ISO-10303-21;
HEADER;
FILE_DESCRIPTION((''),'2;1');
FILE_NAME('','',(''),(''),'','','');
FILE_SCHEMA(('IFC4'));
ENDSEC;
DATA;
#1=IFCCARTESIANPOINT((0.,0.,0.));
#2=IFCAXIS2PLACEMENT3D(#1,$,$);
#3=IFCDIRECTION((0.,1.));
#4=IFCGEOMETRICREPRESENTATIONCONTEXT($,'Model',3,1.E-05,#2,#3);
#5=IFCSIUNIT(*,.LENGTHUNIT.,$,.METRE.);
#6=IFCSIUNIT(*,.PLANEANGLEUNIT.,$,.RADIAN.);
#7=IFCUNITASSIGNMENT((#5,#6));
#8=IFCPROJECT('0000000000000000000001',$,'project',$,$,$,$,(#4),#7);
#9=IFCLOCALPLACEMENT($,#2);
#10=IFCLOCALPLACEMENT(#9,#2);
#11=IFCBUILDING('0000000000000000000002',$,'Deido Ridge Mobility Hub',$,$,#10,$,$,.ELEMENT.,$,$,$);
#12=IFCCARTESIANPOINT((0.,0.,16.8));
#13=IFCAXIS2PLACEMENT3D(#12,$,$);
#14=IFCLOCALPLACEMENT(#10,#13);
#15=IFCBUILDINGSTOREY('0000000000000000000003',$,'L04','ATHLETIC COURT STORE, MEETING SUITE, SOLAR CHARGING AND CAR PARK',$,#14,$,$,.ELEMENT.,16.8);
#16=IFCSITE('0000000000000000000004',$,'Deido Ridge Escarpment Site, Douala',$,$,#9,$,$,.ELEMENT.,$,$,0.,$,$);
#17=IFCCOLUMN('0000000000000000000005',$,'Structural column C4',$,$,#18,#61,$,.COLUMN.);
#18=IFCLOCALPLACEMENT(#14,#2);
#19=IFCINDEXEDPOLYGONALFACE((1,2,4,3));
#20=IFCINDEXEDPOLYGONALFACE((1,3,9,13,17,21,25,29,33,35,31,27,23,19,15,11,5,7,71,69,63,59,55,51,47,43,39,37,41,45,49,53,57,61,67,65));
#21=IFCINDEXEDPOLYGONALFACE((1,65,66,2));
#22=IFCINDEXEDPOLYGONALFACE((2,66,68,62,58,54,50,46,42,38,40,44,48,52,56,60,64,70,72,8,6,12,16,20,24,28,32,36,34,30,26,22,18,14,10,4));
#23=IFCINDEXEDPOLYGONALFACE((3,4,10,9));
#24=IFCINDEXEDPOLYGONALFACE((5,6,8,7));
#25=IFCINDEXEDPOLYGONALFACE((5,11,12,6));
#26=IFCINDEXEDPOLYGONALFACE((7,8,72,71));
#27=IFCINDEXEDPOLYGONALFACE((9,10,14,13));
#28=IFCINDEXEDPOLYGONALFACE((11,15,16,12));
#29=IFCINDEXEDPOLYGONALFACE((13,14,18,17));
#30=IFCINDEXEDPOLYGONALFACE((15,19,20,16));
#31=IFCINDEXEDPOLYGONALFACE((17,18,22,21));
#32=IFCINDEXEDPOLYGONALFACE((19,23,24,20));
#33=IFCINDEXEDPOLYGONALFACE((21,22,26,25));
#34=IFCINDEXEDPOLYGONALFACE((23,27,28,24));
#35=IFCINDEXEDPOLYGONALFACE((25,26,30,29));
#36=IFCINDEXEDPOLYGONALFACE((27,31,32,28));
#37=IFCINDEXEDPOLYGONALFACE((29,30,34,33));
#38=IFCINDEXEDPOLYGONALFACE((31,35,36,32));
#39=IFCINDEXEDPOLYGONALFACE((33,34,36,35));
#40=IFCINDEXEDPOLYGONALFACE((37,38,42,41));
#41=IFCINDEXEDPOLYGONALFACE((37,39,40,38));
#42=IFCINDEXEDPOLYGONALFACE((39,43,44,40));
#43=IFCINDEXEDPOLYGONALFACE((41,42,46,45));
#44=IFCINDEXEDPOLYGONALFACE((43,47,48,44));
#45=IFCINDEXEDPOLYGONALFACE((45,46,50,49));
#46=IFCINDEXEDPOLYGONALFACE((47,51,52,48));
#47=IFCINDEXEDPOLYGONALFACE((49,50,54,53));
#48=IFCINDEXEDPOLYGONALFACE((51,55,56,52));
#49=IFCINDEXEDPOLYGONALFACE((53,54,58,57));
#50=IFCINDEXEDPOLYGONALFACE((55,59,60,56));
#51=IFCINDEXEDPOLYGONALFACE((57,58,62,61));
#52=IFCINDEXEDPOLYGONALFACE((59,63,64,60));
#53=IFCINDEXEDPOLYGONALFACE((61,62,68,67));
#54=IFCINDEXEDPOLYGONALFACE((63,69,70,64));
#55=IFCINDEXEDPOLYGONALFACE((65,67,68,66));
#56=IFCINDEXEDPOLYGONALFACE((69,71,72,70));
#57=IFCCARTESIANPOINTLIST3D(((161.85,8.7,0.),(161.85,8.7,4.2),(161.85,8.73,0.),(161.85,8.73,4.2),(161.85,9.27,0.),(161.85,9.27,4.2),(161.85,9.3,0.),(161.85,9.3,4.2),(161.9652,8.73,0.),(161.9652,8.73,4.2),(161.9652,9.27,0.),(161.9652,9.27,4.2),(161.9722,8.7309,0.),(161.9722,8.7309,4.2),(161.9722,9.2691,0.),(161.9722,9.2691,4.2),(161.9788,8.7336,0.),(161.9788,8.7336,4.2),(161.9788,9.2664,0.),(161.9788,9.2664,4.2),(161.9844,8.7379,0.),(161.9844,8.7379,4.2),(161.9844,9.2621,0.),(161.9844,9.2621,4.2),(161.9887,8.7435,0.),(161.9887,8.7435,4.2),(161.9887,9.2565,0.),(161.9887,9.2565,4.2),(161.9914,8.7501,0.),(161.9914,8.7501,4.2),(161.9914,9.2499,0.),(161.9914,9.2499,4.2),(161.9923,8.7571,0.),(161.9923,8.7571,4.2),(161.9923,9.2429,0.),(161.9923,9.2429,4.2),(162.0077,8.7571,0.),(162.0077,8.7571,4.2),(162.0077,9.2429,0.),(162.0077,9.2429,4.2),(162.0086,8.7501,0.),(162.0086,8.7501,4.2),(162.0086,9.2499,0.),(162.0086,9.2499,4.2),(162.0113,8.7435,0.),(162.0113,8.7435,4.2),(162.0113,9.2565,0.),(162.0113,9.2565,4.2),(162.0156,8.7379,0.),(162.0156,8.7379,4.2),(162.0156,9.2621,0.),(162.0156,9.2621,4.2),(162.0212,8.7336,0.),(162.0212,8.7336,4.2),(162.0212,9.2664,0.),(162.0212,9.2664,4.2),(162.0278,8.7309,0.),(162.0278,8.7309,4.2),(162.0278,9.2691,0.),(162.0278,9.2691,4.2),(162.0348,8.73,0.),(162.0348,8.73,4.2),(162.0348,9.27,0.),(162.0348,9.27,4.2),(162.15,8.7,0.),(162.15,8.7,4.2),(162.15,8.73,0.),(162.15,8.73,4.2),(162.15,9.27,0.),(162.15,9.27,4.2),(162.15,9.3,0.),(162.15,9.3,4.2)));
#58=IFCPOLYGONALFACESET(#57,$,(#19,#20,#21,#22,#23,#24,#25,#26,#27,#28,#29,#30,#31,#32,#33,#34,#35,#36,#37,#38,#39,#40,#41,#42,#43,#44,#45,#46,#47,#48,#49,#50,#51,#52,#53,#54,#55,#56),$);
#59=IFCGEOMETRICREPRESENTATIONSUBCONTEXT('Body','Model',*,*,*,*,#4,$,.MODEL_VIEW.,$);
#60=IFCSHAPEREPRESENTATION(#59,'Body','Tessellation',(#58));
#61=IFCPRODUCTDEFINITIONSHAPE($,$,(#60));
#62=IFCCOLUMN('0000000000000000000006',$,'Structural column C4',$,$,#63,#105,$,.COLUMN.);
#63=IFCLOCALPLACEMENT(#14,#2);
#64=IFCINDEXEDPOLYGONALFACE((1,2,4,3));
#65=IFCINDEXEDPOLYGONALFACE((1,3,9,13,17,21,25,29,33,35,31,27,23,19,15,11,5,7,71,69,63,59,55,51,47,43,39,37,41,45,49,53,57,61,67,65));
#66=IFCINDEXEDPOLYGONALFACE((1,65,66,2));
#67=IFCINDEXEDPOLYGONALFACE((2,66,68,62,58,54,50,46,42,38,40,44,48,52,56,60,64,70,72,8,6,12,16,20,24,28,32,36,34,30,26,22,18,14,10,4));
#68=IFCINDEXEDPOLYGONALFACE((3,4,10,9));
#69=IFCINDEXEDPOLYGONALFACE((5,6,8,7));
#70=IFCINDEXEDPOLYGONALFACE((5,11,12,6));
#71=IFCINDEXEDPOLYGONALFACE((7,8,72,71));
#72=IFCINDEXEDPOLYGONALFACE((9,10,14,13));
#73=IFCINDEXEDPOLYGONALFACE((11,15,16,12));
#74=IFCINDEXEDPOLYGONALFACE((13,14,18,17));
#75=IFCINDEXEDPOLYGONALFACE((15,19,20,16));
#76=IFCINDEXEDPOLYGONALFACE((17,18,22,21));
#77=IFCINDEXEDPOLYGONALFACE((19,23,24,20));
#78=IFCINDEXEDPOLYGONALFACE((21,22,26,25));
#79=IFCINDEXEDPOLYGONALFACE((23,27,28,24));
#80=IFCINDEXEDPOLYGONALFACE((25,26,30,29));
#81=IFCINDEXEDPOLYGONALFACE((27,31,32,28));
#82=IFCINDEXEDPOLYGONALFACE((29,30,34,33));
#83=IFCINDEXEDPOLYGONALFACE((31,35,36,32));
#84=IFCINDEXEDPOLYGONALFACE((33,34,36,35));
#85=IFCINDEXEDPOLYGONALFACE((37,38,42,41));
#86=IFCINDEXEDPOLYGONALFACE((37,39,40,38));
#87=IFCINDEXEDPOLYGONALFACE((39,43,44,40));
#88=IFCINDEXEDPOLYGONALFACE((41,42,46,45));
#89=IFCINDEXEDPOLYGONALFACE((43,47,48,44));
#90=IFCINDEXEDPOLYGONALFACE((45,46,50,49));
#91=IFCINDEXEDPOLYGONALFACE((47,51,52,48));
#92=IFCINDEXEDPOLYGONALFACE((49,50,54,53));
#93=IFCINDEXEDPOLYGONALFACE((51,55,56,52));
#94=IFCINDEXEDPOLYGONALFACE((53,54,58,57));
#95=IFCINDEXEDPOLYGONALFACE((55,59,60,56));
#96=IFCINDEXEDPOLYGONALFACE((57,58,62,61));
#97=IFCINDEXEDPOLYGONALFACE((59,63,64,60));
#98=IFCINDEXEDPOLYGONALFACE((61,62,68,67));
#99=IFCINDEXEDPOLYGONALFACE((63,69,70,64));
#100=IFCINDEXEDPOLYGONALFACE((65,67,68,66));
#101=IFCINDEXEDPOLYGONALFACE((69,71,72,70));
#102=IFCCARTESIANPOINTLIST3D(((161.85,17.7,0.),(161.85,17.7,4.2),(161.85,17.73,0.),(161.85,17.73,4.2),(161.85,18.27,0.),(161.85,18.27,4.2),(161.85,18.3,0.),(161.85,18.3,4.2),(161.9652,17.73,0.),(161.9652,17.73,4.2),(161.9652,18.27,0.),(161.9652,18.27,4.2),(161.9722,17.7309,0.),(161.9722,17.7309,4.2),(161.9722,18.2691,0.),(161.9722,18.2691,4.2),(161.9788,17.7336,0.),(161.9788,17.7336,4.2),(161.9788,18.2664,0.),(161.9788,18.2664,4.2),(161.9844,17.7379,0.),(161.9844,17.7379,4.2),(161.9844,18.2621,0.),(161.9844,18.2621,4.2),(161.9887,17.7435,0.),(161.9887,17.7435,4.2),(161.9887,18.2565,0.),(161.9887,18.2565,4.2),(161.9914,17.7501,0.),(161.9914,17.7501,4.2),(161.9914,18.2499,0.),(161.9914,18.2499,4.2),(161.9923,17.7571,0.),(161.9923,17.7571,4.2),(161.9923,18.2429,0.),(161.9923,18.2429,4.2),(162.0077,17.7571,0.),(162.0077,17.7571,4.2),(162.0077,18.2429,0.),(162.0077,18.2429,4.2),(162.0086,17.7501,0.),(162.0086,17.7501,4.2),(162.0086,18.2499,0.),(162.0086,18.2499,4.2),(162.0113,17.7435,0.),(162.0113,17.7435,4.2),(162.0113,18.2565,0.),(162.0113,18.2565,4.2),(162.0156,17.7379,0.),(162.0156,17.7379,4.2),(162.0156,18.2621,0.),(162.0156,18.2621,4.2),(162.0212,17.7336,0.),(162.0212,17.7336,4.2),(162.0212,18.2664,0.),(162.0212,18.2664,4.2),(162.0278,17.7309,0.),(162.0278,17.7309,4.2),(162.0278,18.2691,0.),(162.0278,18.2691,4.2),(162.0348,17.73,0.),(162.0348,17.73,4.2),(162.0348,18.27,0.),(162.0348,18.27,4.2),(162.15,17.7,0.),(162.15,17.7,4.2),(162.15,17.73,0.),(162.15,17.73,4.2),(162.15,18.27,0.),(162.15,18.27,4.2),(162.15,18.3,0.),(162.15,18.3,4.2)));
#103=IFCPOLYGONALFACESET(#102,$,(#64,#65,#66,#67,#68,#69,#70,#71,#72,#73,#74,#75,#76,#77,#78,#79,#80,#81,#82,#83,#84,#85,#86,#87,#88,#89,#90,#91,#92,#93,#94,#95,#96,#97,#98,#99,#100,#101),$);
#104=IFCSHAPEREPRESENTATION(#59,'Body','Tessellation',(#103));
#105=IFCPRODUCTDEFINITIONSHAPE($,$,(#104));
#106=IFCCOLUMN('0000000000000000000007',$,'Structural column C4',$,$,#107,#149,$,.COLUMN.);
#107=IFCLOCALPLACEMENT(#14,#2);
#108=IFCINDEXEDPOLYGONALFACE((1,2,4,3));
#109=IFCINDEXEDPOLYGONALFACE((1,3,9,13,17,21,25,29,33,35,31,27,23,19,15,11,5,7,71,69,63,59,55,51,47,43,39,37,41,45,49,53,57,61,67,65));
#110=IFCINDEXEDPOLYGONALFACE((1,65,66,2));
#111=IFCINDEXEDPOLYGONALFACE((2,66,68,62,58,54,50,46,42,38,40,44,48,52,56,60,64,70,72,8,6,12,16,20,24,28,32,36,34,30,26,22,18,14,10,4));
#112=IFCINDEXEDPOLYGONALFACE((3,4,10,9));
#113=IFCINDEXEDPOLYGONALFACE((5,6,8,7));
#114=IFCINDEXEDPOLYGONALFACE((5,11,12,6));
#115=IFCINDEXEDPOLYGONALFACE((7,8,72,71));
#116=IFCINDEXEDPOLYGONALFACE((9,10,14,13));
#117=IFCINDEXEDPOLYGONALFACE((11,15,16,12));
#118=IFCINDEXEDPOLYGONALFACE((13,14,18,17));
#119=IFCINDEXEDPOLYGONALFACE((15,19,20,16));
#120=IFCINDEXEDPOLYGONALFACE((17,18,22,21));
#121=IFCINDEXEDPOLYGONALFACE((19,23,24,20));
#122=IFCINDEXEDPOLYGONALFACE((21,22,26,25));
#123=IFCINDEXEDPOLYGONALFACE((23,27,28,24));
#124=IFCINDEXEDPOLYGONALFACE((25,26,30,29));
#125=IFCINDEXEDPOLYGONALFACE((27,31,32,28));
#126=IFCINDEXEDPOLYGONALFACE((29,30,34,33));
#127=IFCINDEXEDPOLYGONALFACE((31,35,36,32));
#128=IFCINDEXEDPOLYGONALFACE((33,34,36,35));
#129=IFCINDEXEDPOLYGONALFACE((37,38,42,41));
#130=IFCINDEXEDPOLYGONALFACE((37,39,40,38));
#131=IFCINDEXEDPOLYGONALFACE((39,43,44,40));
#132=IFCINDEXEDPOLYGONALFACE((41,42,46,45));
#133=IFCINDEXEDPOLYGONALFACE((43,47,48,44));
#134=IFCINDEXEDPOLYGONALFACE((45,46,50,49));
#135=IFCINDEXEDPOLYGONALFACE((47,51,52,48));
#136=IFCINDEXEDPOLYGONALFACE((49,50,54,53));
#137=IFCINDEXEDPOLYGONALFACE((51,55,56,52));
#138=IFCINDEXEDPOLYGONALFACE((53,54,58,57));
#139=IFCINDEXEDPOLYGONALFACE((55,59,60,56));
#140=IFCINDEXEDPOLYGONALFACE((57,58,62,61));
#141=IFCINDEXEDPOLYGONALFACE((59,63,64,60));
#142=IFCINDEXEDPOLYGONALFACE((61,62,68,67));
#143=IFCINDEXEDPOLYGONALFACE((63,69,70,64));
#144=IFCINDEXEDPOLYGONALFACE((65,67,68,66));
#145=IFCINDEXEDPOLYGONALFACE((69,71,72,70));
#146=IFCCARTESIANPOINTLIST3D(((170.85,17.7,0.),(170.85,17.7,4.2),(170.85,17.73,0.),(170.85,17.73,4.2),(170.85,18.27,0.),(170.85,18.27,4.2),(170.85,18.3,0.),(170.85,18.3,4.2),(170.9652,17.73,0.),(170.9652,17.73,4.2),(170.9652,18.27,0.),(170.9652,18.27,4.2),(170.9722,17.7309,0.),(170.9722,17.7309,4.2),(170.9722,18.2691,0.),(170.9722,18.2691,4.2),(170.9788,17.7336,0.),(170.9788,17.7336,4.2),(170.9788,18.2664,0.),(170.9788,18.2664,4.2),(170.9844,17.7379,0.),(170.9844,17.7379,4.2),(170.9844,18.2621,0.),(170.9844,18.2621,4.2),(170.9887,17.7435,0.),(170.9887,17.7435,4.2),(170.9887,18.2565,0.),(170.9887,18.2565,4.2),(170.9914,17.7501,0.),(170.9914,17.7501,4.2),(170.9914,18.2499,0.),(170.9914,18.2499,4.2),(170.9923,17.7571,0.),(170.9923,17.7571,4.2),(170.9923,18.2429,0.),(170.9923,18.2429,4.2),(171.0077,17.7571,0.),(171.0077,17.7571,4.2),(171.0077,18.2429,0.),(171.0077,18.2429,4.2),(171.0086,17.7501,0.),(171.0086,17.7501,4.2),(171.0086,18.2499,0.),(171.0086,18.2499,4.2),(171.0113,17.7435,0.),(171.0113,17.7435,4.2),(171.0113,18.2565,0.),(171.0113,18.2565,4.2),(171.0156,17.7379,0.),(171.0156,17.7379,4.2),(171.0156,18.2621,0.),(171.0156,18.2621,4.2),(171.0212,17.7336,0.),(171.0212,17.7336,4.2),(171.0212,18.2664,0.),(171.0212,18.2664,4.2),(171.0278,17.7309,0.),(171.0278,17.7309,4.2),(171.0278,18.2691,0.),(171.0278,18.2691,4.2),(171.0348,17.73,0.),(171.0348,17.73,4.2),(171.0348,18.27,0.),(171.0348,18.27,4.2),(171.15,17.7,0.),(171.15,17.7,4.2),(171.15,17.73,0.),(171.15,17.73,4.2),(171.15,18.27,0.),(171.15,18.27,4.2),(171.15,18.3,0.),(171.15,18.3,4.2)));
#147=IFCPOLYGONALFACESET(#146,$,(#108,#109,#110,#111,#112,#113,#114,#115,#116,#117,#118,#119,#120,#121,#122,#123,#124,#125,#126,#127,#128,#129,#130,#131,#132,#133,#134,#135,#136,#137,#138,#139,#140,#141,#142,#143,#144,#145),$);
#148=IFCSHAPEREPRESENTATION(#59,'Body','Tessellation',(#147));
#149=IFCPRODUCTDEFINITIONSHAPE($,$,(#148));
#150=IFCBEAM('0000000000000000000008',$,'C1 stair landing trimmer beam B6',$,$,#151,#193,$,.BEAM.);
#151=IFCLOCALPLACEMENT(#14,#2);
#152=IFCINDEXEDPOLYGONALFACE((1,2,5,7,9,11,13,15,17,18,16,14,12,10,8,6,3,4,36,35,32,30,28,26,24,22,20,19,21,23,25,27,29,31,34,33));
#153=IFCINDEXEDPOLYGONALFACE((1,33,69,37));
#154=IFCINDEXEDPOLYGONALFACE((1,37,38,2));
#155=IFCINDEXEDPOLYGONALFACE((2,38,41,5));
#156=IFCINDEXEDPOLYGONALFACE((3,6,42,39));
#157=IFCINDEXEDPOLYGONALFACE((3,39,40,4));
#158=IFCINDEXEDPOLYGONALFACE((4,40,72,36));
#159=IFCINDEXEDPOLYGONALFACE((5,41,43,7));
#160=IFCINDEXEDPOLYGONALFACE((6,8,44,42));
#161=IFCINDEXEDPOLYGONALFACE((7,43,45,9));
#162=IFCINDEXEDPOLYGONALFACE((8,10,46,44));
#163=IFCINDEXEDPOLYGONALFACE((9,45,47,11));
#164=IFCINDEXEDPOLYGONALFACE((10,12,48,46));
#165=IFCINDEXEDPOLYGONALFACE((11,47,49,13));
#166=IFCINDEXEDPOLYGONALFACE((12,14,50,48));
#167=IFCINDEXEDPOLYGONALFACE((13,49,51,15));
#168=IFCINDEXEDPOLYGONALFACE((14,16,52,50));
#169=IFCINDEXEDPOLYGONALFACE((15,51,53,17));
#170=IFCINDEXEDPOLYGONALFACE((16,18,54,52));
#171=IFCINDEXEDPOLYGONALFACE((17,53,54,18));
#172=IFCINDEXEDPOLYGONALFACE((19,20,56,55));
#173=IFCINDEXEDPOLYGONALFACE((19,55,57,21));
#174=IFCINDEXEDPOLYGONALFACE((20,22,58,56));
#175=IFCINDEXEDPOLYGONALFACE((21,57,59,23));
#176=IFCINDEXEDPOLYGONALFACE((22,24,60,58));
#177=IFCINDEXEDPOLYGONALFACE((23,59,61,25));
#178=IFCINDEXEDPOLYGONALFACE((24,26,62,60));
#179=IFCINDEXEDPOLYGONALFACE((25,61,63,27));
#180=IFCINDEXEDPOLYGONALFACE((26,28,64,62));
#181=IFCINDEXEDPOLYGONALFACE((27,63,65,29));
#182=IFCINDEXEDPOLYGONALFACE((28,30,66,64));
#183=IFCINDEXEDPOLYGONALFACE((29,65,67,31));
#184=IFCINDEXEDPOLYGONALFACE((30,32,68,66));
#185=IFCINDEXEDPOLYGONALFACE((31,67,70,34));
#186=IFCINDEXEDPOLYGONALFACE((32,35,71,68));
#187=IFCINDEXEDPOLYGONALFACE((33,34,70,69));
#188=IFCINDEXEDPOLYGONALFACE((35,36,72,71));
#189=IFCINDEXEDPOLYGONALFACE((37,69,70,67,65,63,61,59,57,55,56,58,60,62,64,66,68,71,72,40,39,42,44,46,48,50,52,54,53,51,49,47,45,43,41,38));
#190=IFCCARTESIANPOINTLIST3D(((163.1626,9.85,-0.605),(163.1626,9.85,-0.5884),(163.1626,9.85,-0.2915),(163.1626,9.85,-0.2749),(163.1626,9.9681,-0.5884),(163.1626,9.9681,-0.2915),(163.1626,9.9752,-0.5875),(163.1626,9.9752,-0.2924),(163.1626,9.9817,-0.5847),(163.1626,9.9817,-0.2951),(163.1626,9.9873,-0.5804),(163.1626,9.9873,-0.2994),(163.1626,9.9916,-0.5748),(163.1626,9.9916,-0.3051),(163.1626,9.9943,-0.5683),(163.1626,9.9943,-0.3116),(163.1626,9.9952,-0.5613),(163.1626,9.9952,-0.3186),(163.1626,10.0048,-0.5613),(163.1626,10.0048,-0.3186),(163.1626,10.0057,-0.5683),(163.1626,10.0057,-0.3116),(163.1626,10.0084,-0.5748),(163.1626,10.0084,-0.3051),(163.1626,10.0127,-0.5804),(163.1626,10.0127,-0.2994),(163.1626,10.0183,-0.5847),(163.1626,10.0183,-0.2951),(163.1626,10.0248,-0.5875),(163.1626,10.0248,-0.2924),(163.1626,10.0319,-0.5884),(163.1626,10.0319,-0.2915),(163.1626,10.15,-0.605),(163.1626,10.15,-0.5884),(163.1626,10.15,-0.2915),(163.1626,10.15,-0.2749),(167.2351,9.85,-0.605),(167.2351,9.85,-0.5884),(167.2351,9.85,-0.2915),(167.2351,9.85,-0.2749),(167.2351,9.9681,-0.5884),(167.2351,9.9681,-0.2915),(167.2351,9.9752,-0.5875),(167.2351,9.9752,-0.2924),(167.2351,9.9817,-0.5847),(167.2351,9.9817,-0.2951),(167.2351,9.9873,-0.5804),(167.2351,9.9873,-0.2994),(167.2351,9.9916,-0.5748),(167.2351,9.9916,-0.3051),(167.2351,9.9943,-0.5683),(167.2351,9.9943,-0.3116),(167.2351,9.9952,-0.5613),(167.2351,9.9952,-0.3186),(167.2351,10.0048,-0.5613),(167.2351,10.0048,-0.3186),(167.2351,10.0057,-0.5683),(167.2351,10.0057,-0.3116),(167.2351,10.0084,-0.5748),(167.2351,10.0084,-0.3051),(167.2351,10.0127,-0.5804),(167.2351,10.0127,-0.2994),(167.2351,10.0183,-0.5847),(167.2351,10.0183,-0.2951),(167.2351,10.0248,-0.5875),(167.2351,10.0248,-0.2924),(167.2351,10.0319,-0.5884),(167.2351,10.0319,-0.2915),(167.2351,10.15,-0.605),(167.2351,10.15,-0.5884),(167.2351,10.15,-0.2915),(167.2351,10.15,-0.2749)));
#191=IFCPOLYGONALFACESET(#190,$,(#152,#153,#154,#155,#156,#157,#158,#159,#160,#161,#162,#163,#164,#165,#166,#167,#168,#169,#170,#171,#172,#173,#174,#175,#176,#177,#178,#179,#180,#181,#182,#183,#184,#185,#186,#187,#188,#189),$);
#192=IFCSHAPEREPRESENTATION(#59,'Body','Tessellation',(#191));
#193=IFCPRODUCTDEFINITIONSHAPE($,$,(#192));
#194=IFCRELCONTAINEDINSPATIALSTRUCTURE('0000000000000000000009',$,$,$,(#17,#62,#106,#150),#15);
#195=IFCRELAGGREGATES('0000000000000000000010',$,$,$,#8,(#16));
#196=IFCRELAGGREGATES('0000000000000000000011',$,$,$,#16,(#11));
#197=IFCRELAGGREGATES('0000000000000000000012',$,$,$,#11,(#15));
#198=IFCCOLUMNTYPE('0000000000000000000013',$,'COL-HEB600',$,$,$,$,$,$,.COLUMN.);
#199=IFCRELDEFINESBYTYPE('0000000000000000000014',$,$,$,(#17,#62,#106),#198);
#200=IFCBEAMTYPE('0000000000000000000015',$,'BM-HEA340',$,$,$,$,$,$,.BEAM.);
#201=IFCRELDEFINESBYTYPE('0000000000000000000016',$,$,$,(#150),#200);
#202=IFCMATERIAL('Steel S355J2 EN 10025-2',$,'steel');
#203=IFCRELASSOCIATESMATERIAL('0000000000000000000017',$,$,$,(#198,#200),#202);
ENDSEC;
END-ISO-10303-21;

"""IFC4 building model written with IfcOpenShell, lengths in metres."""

from ifc_helpers import new_model, si_unit, direction, frame, origin, origin_2d, place, context, subcontext, project, spatial, i_section, extrude, material, material_profile, profile_set, type_object, element, save


model = new_model("IFC4")

# Units and contexts
model_context = context("Model", 3, precision=1e-05, world=origin(), true_north=direction((0.0, 1.0)))
body_context = subcontext(model_context, "Body", "Model", "MODEL_VIEW")
ifc_project = project(units=[si_unit("LENGTHUNIT", "METRE"), si_unit("PLANEANGLEUNIT", "RADIAN")], contexts=[model_context])

# Site, building, storey
site_placement = place(None, origin())
site = spatial("IfcSite", under=ifc_project, at=site_placement, Name="Deido Ridge Escarpment Site, Douala", CompositionType="ELEMENT", RefElevation=0.0)
building_placement = place(site_placement, origin())
building = spatial("IfcBuilding", under=site, at=building_placement, Name="Deido Ridge Mobility Hub", CompositionType="ELEMENT")
storey_placement = place(building_placement, frame((0.0, 0.0, 16.8)))
storey = spatial("IfcBuildingStorey", under=building, at=storey_placement, Name="L04", Description="ATHLETIC COURT STORE, MEETING SUITE, SOLAR CHARGING AND CAR PARK", CompositionType="ELEMENT", Elevation=16.8)

# Columns
ifc_material_1 = material(Name="Steel S355J2 EN 10025-2", Category="steel")
ifc_material_profile_1 = material_profile(ifc_material_1, i_section(OverallWidth=0.3, OverallDepth=0.6001, WebThickness=0.0154, FlangeThickness=0.03, FilletRadius=0.0271, at=origin_2d()), Name="HEB 600")
ifc_profile_set_1 = profile_set([ifc_material_profile_1], Name="Steel S355J2 EN 10025-2")
column_type = type_object("IfcColumnType", Name="COL-HEB600", PredefinedType="COLUMN", material=ifc_profile_set_1)
for number, where, z_axis, x_axis, name in (
    (1, (162.0, 9.0, 0.0), (0.0, 0.0, 1.0), (1.0, 0.0, 0.0), "Structural column C4"),
    (2, (162.0, 18.0, 0.0), (0.0, 0.0, 1.0), (1.0, 0.0, 0.0), "Structural column C4"),
    (3, (171.0, 18.0, 0.0), (0.0, 0.0, 1.0), (1.0, 0.0, 0.0), "Structural column C4"),
):
    element("IfcColumn", number, at=place(storey_placement, frame(where, z_axis=z_axis, x_axis=x_axis)), inside=storey, type_object=column_type, Name=name, PredefinedType="COLUMN", context=body_context, shape_type="SweptSolid", body=[
        extrude(i_section(OverallWidth=0.3, OverallDepth=0.6001, WebThickness=0.0154, FlangeThickness=0.03, FilletRadius=0.0271, at=origin_2d()), origin(), (0.0, 0.0, 1.0), 4.2),
    ])

# Beam
ifc_material_profile_2 = material_profile(ifc_material_1, i_section(OverallWidth=0.3, OverallDepth=0.3301, WebThickness=0.0095, FlangeThickness=0.0166, FilletRadius=0.0271, at=origin_2d()), Name="HEA 340")
ifc_profile_set_2 = profile_set([ifc_material_profile_2], Name="Steel S355J2 EN 10025-2")
beam_type_1 = type_object("IfcBeamType", Name="BM-HEA340", PredefinedType="BEAM", material=ifc_profile_set_2)
beam_1_placement = place(storey_placement, frame((163.1626, 10.0, -0.4399), z_axis=(1.0, 0.0, 0.0), x_axis=(0.0, 1.0, 0.0)))
element("IfcBeam", 4, at=beam_1_placement, inside=storey, type_object=beam_type_1, Name="C1 stair landing trimmer beam B6", PredefinedType="BEAM", context=body_context, shape_type="SweptSolid", body=[
    extrude(i_section(OverallWidth=0.3, OverallDepth=0.3301, WebThickness=0.0095, FlangeThickness=0.0166, FilletRadius=0.0271, at=origin_2d()), origin(), (0.0, 0.0, 1.0), 4.0725),
])

save(model, "model.ifc")
